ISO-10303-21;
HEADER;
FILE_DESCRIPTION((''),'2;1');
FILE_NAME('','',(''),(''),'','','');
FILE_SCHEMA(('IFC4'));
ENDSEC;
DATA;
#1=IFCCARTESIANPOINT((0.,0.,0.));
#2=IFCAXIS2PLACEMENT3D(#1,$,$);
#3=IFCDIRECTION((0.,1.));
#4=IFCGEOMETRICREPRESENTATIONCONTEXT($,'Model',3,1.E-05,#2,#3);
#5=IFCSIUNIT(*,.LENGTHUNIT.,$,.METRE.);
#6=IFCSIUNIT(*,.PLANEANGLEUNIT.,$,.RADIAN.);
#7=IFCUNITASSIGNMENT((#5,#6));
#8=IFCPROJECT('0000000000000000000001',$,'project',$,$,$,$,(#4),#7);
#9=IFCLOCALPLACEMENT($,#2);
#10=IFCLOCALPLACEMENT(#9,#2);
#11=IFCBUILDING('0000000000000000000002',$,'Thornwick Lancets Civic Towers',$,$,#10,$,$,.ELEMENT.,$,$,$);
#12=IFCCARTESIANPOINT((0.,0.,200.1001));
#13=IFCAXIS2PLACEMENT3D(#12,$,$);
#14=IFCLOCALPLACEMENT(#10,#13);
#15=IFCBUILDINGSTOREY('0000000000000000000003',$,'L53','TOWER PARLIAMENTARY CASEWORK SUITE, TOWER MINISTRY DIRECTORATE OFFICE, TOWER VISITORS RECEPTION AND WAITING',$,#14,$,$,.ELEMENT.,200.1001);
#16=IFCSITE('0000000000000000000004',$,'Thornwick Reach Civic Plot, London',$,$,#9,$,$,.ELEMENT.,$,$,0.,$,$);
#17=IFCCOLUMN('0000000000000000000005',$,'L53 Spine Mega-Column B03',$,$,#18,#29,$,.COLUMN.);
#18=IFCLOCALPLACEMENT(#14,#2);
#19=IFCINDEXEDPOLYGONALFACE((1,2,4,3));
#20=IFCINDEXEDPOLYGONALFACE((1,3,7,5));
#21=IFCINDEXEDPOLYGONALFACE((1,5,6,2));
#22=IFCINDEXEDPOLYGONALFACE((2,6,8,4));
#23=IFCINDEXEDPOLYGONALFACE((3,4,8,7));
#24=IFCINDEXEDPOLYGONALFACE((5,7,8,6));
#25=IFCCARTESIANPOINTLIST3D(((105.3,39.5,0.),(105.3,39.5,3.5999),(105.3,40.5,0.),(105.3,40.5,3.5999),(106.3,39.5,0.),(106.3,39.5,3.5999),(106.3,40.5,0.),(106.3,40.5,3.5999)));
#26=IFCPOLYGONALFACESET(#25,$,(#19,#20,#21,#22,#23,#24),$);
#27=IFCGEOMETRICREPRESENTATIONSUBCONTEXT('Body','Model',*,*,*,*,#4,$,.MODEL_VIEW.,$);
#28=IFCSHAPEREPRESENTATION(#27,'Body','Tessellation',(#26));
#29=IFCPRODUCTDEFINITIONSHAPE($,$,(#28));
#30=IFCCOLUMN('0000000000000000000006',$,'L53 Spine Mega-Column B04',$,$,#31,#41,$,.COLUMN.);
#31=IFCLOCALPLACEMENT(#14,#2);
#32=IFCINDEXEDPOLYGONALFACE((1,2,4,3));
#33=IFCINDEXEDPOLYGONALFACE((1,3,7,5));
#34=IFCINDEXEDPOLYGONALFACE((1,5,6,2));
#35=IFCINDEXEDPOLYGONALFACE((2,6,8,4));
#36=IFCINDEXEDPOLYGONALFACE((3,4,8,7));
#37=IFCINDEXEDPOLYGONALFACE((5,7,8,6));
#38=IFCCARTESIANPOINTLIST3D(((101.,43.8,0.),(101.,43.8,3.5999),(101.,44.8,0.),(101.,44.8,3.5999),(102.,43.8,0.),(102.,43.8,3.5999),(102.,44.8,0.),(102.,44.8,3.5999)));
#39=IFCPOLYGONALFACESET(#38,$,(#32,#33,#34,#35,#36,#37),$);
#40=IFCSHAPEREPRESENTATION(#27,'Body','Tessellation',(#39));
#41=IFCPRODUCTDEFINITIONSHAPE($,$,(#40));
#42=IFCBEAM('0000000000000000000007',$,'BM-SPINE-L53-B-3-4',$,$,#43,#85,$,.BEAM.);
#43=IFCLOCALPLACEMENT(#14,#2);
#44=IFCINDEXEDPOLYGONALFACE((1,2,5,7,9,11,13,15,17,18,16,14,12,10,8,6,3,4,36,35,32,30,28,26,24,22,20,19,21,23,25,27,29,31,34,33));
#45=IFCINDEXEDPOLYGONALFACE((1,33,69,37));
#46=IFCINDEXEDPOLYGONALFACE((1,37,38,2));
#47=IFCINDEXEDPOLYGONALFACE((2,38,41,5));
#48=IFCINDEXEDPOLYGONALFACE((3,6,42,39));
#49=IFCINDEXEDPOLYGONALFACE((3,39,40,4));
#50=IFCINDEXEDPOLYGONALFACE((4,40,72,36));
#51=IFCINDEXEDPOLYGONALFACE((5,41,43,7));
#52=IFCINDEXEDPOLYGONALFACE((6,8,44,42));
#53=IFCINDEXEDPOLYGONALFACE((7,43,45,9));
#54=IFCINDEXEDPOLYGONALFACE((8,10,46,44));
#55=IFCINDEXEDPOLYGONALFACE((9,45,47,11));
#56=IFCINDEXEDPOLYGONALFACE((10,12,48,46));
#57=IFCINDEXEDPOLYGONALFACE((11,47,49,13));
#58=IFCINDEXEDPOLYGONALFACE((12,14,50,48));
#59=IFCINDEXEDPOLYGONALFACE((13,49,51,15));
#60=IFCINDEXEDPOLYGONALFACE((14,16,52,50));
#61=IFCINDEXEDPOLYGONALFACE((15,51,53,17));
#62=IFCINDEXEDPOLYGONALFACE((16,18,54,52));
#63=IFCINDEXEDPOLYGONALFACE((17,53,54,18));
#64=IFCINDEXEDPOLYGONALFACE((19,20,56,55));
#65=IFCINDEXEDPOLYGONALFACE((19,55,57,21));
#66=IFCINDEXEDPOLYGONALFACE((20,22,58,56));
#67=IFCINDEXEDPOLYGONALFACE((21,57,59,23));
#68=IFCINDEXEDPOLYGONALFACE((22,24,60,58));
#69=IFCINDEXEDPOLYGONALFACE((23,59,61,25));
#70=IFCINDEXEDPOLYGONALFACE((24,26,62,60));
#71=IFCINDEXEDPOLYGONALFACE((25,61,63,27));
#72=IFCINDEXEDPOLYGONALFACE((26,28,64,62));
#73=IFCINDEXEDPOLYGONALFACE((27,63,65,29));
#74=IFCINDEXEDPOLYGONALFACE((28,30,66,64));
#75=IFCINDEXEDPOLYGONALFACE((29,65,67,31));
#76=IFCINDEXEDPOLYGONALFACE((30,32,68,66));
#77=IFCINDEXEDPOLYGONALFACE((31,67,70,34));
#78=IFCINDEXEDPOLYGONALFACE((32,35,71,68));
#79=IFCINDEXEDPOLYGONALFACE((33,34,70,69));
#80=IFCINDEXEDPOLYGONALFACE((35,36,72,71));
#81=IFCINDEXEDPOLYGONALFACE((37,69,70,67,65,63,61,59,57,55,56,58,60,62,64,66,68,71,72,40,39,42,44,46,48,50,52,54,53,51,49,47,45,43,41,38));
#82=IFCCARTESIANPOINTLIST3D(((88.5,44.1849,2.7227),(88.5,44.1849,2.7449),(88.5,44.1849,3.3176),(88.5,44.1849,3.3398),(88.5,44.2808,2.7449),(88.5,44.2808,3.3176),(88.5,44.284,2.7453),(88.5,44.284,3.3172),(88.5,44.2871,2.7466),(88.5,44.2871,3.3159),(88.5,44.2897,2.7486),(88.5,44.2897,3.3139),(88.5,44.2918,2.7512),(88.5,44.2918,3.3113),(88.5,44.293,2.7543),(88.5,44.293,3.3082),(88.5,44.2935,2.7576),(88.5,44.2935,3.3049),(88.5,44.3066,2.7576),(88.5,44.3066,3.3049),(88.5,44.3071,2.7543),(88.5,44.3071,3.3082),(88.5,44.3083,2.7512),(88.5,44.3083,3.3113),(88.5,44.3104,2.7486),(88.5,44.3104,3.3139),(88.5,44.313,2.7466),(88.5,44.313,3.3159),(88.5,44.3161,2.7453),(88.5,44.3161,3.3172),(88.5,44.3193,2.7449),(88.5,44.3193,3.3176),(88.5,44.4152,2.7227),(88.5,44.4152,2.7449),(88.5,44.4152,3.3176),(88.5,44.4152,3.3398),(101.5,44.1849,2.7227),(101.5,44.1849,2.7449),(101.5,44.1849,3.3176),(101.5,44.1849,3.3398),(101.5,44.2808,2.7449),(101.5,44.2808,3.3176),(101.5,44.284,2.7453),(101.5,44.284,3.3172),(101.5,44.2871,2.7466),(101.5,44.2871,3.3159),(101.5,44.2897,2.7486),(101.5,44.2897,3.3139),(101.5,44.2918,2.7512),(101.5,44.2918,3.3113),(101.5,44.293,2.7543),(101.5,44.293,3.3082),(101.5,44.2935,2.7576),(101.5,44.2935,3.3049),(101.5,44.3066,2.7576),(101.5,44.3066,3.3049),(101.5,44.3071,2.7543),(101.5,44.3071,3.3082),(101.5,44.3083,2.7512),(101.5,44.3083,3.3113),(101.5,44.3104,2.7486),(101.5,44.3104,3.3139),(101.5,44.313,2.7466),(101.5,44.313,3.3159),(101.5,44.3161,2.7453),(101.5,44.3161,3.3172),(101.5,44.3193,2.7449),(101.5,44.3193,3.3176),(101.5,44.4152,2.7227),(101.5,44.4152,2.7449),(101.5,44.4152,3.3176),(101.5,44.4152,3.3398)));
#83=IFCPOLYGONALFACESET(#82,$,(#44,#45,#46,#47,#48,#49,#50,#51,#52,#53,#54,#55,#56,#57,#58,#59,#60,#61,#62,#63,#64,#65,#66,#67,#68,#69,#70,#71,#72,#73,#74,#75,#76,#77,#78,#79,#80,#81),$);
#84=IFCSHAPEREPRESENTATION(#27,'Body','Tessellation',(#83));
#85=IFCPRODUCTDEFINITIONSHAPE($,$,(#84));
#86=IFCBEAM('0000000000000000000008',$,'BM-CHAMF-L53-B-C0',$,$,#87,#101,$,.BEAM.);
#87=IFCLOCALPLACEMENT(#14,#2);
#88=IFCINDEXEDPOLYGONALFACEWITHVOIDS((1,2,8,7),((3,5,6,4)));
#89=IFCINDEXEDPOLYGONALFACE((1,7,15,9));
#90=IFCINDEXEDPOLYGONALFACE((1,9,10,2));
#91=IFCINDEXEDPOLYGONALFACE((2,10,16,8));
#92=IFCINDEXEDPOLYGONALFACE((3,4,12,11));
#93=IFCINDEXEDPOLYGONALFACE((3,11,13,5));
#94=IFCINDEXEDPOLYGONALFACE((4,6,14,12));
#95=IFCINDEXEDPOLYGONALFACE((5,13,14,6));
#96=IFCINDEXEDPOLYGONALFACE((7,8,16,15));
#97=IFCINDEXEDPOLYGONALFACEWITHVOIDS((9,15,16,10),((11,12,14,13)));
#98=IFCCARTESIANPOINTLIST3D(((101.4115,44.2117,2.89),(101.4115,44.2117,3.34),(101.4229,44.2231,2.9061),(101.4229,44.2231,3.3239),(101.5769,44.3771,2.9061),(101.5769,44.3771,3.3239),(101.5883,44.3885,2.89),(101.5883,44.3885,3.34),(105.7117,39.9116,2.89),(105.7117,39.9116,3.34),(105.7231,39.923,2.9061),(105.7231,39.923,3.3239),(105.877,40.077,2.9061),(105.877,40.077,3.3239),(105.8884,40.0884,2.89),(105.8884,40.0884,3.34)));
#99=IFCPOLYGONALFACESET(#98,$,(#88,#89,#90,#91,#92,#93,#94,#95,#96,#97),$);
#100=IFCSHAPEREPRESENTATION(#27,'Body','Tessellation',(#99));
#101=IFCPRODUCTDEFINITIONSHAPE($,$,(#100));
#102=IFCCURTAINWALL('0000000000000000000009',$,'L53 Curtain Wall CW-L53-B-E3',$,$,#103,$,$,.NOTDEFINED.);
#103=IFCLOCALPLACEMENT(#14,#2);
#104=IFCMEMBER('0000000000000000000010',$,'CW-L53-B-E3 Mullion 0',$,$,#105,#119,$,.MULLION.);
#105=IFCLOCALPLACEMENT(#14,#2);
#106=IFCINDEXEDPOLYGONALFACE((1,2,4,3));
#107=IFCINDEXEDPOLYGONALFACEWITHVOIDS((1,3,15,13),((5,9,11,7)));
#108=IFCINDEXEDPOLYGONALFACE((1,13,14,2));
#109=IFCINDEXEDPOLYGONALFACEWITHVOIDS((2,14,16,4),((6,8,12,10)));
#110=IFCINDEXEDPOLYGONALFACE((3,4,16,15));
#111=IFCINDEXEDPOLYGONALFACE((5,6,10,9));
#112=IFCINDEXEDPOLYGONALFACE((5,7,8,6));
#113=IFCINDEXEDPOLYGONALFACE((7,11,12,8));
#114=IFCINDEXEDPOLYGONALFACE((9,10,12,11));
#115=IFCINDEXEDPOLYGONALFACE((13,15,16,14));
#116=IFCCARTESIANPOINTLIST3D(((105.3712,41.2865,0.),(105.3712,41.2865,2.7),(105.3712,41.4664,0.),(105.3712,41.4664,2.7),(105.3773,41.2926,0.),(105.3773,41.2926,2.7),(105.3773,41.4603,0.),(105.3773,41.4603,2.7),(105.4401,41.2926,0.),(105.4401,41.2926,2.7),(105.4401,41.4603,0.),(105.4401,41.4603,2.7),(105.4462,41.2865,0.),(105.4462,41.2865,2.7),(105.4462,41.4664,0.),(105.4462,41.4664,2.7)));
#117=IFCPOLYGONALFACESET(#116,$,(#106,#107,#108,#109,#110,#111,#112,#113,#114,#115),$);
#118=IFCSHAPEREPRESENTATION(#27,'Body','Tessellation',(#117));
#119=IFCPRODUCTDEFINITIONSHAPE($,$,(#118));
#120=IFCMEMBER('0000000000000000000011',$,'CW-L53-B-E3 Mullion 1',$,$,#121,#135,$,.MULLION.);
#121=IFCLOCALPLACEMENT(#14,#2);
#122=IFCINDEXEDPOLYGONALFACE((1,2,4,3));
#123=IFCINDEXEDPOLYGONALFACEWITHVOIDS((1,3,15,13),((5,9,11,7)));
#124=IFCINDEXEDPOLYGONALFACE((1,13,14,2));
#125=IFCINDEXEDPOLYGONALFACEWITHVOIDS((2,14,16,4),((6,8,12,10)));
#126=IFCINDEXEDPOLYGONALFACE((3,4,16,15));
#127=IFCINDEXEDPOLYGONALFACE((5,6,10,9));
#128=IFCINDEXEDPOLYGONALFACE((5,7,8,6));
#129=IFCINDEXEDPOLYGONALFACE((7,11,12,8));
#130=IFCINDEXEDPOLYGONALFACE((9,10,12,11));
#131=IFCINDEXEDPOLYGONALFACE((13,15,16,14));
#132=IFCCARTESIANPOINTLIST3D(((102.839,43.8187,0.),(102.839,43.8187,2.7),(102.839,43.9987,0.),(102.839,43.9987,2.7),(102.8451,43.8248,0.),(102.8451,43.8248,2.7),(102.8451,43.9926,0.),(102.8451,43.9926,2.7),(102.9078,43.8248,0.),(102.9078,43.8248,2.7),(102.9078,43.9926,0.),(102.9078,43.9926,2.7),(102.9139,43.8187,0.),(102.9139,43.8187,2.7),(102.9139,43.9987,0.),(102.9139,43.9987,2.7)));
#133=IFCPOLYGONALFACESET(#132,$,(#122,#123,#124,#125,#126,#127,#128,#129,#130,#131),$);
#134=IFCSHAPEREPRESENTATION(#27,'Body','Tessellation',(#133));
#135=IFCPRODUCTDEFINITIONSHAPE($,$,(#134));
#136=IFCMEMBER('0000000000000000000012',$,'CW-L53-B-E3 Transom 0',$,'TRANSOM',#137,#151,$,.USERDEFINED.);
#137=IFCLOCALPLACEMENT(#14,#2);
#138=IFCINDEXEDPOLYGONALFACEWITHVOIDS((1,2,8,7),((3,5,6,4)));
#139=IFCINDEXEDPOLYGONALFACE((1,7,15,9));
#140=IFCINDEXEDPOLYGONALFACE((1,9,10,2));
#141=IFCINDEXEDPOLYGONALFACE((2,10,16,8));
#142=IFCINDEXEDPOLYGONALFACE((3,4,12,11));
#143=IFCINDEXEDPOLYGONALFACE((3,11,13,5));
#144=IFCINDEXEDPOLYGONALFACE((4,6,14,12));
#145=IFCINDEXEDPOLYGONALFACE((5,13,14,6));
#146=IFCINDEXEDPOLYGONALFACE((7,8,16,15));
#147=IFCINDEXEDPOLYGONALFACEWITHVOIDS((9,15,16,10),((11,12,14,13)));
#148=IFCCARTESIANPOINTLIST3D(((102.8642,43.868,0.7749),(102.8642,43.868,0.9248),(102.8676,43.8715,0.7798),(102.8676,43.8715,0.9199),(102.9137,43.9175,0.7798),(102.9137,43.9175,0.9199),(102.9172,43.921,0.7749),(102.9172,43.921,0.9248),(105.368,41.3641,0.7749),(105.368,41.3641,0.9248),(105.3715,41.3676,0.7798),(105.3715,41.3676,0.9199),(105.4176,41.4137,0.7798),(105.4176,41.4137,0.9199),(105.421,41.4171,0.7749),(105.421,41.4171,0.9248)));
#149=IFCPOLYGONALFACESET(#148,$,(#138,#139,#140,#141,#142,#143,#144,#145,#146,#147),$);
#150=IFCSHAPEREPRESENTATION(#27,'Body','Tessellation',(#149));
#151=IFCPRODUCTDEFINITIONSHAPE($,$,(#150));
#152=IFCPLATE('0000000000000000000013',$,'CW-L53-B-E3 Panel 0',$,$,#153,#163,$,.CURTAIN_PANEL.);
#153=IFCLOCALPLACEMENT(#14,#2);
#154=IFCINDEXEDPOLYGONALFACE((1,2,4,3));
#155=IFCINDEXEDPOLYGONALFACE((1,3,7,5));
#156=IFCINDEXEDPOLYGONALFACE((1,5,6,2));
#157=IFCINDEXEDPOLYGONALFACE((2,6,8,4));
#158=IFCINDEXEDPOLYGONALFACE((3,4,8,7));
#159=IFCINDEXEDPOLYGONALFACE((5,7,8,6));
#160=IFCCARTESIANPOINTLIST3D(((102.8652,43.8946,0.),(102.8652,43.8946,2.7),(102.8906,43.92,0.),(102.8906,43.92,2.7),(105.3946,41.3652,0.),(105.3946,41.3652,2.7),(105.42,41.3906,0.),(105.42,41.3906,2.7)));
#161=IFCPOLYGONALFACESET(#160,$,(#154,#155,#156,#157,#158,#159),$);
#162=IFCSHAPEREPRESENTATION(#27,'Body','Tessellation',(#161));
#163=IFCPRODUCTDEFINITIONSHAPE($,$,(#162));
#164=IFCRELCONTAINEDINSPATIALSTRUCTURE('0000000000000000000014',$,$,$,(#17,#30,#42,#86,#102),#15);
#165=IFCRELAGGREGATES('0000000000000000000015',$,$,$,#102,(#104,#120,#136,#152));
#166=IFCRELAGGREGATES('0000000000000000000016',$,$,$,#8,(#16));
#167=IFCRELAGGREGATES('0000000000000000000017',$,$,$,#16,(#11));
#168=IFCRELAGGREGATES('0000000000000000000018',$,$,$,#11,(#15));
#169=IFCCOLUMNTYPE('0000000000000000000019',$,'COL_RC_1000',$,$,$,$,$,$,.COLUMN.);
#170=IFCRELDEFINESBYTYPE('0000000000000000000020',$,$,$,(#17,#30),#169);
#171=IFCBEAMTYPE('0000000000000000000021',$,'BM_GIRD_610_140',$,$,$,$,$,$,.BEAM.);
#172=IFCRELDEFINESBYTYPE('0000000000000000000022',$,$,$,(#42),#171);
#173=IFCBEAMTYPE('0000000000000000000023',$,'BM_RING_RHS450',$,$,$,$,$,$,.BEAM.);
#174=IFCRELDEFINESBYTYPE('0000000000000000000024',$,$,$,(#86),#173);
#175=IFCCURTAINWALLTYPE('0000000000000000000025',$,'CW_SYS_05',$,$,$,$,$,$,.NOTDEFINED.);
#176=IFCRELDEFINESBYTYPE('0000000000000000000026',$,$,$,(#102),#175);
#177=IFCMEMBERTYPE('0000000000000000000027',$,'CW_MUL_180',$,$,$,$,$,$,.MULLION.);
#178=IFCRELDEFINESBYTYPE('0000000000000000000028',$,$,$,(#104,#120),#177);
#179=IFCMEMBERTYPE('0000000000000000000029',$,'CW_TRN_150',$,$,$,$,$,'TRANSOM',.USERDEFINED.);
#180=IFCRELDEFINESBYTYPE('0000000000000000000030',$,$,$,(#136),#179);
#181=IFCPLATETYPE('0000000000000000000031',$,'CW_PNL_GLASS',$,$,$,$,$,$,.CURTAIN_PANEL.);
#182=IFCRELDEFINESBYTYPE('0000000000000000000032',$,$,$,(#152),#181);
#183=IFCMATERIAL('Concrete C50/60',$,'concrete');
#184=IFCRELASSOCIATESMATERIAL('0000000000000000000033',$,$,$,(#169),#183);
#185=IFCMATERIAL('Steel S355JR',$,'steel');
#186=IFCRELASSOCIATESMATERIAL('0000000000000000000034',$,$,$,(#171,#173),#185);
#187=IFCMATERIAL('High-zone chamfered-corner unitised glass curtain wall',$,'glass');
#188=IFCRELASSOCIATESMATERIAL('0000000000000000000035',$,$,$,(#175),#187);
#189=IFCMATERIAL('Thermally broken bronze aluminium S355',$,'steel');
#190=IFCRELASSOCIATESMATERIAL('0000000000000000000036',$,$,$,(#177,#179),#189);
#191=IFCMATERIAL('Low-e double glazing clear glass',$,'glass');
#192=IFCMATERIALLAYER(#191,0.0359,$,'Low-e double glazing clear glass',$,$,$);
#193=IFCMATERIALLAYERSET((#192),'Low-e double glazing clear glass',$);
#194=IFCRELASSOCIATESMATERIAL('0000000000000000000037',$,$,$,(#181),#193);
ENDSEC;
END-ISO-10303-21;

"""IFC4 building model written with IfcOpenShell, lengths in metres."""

from ifc_helpers import new_model, si_unit, direction, frame, origin, origin_2d, place, context, subcontext, project, spatial, rectangle, hollow_rectangle, i_section, extrude, material, layer, layer_set, material_profile, profile_set, type_object, element, aggregate, save


model = new_model("IFC4")

# Units and contexts
model_context = context("Model", 3, precision=1e-05, world=origin(), true_north=direction((0.0, 1.0)))
body_context = subcontext(model_context, "Body", "Model", "MODEL_VIEW")
ifc_project = project(units=[si_unit("LENGTHUNIT", "METRE"), si_unit("PLANEANGLEUNIT", "RADIAN")], contexts=[model_context])

# Site, building, storey
site_placement = place(None, origin())
site = spatial("IfcSite", under=ifc_project, at=site_placement, Name="Thornwick Reach Civic Plot, London", CompositionType="ELEMENT", RefElevation=0.0)
building_placement = place(site_placement, origin())
building = spatial("IfcBuilding", under=site, at=building_placement, Name="Thornwick Lancets Civic Towers", CompositionType="ELEMENT")
storey_placement = place(building_placement, frame((0.0, 0.0, 200.1001)))
storey = spatial("IfcBuildingStorey", under=building, at=storey_placement, Name="L53", Description="TOWER PARLIAMENTARY CASEWORK SUITE, TOWER MINISTRY DIRECTORATE OFFICE, TOWER VISITORS RECEPTION AND WAITING", CompositionType="ELEMENT", Elevation=200.1001)

# Columns
ifc_material_1 = material(Name="Concrete C50/60", Category="concrete")
ifc_material_profile_1 = material_profile(ifc_material_1, rectangle(XDim=1.0, YDim=1.0, at=origin_2d()), Name="RC 1000x1000")
ifc_profile_set_1 = profile_set([ifc_material_profile_1], Name="Concrete C50/60")
column_type = type_object("IfcColumnType", Name="COL_RC_1000", PredefinedType="COLUMN", material=ifc_profile_set_1)
for number, where, z_axis, x_axis, name in (
    (1, (105.8, 40.0, 0.0), (0.0, 0.0, 1.0), (1.0, 0.0, 0.0), "L53 Spine Mega-Column B03"),
    (2, (101.5, 44.3, 0.0), (0.0, 0.0, 1.0), (1.0, 0.0, 0.0), "L53 Spine Mega-Column B04"),
):
    element("IfcColumn", number, at=place(storey_placement, frame(where, z_axis=z_axis, x_axis=x_axis)), inside=storey, type_object=column_type, Name=name, PredefinedType="COLUMN", context=body_context, shape_type="SweptSolid", body=[
        extrude(rectangle(XDim=1.0, YDim=1.0, at=origin_2d()), origin(), (0.0, 0.0, 1.0), 3.5999),
    ])

# Beams
ifc_material_2 = material(Name="Steel S355JR", Category="steel")
ifc_material_profile_2 = material_profile(ifc_material_2, i_section(OverallWidth=0.2302, OverallDepth=0.6172, WebThickness=0.0132, FlangeThickness=0.0222, FilletRadius=0.0127, at=origin_2d()), Name="UKB 610x229x140")
ifc_profile_set_2 = profile_set([ifc_material_profile_2], Name="Steel S355JR")
beam_type_1 = type_object("IfcBeamType", Name="BM_GIRD_610_140", PredefinedType="BEAM", material=ifc_profile_set_2)
beam_1_placement = place(storey_placement, frame((101.5, 44.3, 3.0312), z_axis=(-1.0, 0.0, 0.0), x_axis=(0.0, -1.0, 0.0)))
element("IfcBeam", 3, at=beam_1_placement, inside=storey, type_object=beam_type_1, Name="BM-SPINE-L53-B-3-4", PredefinedType="BEAM", context=body_context, shape_type="SweptSolid", body=[
    extrude(i_section(OverallWidth=0.2302, OverallDepth=0.6172, WebThickness=0.0132, FlangeThickness=0.0222, FilletRadius=0.0127, at=origin_2d()), origin(), (0.0, 0.0, 1.0), 13.0),
])
ifc_material_profile_3 = material_profile(ifc_material_2, hollow_rectangle(XDim=0.25, YDim=0.45, WallThickness=0.0161, at=origin_2d()), Name="RHS 450x250x16")
ifc_profile_set_3 = profile_set([ifc_material_profile_3], Name="Steel S355JR")
beam_type_2 = type_object("IfcBeamType", Name="BM_RING_RHS450", PredefinedType="BEAM", material=ifc_profile_set_3)
beam_2_placement = place(storey_placement, frame((105.8, 40.0, 3.115), z_axis=(-0.707107, 0.707107, 0.0), x_axis=(-0.707107, -0.707107, 0.0)))
element("IfcBeam", 4, at=beam_2_placement, inside=storey, type_object=beam_type_2, Name="BM-CHAMF-L53-B-C0", PredefinedType="BEAM", context=body_context, shape_type="SweptSolid", body=[
    extrude(hollow_rectangle(XDim=0.25, YDim=0.45, WallThickness=0.0161, at=origin_2d()), origin(), (0.0, 0.0, 1.0), 6.0813),
])

# Curtain wall, members, plate
ifc_material_3 = material(Name="High-zone chamfered-corner unitised glass curtain wall", Category="glass")
curtain_wall_type = type_object("IfcCurtainWallType", Name="CW_SYS_05", PredefinedType="NOTDEFINED", material=ifc_material_3)
curtain_wall_placement = place(storey_placement, origin())
curtain_wall = element("IfcCurtainWall", 5, at=curtain_wall_placement, inside=storey, type_object=curtain_wall_type, Name="L53 Curtain Wall CW-L53-B-E3", PredefinedType="NOTDEFINED")
ifc_material_4 = material(Name="Thermally broken bronze aluminium S355", Category="steel")
ifc_material_profile_4 = material_profile(ifc_material_4, hollow_rectangle(XDim=0.075, YDim=0.1799, WallThickness=0.0061, at=origin_2d()), Name="RHS 180x75x6")
ifc_profile_set_4 = profile_set([ifc_material_profile_4], Name="Thermally broken bronze aluminium S355")
member_type_1 = type_object("IfcMemberType", Name="CW_MUL_180", PredefinedType="MULLION", material=ifc_profile_set_4)
member_1_placement = place(storey_placement, frame((105.4087, 41.3765, 0.0), z_axis=(0.0, 0.0, 1.0), x_axis=(1.0, 0.0, 0.0)))
member_1 = element("IfcMember", 6, at=member_1_placement, type_object=member_type_1, Name="CW-L53-B-E3 Mullion 0", PredefinedType="MULLION", context=body_context, shape_type="SweptSolid", body=[
    extrude(hollow_rectangle(XDim=0.075, YDim=0.1799, WallThickness=0.0061, at=origin_2d()), origin(), (0.0, 0.0, 1.0), 2.7),
])
member_2_placement = place(storey_placement, frame((102.8765, 43.9087, 0.0), z_axis=(0.0, 0.0, 1.0), x_axis=(1.0, 0.0, 0.0)))
member_2 = element("IfcMember", 7, at=member_2_placement, type_object=member_type_1, Name="CW-L53-B-E3 Mullion 1", PredefinedType="MULLION", context=body_context, shape_type="SweptSolid", body=[
    extrude(hollow_rectangle(XDim=0.075, YDim=0.1799, WallThickness=0.0061, at=origin_2d()), origin(), (0.0, 0.0, 1.0), 2.7),
])
ifc_material_profile_5 = material_profile(ifc_material_4, hollow_rectangle(XDim=0.075, YDim=0.1499, WallThickness=0.0049, at=origin_2d()), Name="RHS 150x75x5")
ifc_profile_set_5 = profile_set([ifc_material_profile_5], Name="Thermally broken bronze aluminium S355")
member_type_2 = type_object("IfcMemberType", Name="CW_TRN_150", ElementType="TRANSOM", PredefinedType="USERDEFINED", material=ifc_profile_set_5)
member_3_placement = place(storey_placement, frame((105.3945, 41.3906, 0.8499), z_axis=(-0.707107, 0.707107, 0.0), x_axis=(-0.707107, -0.707107, 0.0)))
member_3 = element("IfcMember", 8, at=member_3_placement, type_object=member_type_2, Name="CW-L53-B-E3 Transom 0", ObjectType="TRANSOM", PredefinedType="USERDEFINED", context=body_context, shape_type="SweptSolid", body=[
    extrude(hollow_rectangle(XDim=0.075, YDim=0.1499, WallThickness=0.0049, at=origin_2d()), origin(), (0.0, 0.0, 1.0), 3.541),
])
ifc_material_5 = material(Name="Low-e double glazing clear glass", Category="glass")
ifc_layer_1 = layer(ifc_material_5, 0.0359, Name="Low-e double glazing clear glass")
ifc_layer_set_1 = layer_set([ifc_layer_1], Name="Low-e double glazing clear glass")
plate_type = type_object("IfcPlateType", Name="CW_PNL_GLASS", PredefinedType="CURTAIN_PANEL", material=ifc_layer_set_1)
plate_placement = place(storey_placement, frame((104.1426, 42.6426, 0.0), z_axis=(0.0, 0.0, 1.0), x_axis=(-0.707107, 0.707107, 0.0)))
plate = element("IfcPlate", 9, at=plate_placement, type_object=plate_type, Name="CW-L53-B-E3 Panel 0", PredefinedType="CURTAIN_PANEL", context=body_context, shape_type="SweptSolid", body=[
    extrude(rectangle(XDim=3.5771, YDim=0.0359, at=origin_2d()), origin(), (0.0, 0.0, 1.0), 2.7),
])
aggregate(curtain_wall, [member_1, member_2, member_3, plate])

save(model, "model.ifc")
